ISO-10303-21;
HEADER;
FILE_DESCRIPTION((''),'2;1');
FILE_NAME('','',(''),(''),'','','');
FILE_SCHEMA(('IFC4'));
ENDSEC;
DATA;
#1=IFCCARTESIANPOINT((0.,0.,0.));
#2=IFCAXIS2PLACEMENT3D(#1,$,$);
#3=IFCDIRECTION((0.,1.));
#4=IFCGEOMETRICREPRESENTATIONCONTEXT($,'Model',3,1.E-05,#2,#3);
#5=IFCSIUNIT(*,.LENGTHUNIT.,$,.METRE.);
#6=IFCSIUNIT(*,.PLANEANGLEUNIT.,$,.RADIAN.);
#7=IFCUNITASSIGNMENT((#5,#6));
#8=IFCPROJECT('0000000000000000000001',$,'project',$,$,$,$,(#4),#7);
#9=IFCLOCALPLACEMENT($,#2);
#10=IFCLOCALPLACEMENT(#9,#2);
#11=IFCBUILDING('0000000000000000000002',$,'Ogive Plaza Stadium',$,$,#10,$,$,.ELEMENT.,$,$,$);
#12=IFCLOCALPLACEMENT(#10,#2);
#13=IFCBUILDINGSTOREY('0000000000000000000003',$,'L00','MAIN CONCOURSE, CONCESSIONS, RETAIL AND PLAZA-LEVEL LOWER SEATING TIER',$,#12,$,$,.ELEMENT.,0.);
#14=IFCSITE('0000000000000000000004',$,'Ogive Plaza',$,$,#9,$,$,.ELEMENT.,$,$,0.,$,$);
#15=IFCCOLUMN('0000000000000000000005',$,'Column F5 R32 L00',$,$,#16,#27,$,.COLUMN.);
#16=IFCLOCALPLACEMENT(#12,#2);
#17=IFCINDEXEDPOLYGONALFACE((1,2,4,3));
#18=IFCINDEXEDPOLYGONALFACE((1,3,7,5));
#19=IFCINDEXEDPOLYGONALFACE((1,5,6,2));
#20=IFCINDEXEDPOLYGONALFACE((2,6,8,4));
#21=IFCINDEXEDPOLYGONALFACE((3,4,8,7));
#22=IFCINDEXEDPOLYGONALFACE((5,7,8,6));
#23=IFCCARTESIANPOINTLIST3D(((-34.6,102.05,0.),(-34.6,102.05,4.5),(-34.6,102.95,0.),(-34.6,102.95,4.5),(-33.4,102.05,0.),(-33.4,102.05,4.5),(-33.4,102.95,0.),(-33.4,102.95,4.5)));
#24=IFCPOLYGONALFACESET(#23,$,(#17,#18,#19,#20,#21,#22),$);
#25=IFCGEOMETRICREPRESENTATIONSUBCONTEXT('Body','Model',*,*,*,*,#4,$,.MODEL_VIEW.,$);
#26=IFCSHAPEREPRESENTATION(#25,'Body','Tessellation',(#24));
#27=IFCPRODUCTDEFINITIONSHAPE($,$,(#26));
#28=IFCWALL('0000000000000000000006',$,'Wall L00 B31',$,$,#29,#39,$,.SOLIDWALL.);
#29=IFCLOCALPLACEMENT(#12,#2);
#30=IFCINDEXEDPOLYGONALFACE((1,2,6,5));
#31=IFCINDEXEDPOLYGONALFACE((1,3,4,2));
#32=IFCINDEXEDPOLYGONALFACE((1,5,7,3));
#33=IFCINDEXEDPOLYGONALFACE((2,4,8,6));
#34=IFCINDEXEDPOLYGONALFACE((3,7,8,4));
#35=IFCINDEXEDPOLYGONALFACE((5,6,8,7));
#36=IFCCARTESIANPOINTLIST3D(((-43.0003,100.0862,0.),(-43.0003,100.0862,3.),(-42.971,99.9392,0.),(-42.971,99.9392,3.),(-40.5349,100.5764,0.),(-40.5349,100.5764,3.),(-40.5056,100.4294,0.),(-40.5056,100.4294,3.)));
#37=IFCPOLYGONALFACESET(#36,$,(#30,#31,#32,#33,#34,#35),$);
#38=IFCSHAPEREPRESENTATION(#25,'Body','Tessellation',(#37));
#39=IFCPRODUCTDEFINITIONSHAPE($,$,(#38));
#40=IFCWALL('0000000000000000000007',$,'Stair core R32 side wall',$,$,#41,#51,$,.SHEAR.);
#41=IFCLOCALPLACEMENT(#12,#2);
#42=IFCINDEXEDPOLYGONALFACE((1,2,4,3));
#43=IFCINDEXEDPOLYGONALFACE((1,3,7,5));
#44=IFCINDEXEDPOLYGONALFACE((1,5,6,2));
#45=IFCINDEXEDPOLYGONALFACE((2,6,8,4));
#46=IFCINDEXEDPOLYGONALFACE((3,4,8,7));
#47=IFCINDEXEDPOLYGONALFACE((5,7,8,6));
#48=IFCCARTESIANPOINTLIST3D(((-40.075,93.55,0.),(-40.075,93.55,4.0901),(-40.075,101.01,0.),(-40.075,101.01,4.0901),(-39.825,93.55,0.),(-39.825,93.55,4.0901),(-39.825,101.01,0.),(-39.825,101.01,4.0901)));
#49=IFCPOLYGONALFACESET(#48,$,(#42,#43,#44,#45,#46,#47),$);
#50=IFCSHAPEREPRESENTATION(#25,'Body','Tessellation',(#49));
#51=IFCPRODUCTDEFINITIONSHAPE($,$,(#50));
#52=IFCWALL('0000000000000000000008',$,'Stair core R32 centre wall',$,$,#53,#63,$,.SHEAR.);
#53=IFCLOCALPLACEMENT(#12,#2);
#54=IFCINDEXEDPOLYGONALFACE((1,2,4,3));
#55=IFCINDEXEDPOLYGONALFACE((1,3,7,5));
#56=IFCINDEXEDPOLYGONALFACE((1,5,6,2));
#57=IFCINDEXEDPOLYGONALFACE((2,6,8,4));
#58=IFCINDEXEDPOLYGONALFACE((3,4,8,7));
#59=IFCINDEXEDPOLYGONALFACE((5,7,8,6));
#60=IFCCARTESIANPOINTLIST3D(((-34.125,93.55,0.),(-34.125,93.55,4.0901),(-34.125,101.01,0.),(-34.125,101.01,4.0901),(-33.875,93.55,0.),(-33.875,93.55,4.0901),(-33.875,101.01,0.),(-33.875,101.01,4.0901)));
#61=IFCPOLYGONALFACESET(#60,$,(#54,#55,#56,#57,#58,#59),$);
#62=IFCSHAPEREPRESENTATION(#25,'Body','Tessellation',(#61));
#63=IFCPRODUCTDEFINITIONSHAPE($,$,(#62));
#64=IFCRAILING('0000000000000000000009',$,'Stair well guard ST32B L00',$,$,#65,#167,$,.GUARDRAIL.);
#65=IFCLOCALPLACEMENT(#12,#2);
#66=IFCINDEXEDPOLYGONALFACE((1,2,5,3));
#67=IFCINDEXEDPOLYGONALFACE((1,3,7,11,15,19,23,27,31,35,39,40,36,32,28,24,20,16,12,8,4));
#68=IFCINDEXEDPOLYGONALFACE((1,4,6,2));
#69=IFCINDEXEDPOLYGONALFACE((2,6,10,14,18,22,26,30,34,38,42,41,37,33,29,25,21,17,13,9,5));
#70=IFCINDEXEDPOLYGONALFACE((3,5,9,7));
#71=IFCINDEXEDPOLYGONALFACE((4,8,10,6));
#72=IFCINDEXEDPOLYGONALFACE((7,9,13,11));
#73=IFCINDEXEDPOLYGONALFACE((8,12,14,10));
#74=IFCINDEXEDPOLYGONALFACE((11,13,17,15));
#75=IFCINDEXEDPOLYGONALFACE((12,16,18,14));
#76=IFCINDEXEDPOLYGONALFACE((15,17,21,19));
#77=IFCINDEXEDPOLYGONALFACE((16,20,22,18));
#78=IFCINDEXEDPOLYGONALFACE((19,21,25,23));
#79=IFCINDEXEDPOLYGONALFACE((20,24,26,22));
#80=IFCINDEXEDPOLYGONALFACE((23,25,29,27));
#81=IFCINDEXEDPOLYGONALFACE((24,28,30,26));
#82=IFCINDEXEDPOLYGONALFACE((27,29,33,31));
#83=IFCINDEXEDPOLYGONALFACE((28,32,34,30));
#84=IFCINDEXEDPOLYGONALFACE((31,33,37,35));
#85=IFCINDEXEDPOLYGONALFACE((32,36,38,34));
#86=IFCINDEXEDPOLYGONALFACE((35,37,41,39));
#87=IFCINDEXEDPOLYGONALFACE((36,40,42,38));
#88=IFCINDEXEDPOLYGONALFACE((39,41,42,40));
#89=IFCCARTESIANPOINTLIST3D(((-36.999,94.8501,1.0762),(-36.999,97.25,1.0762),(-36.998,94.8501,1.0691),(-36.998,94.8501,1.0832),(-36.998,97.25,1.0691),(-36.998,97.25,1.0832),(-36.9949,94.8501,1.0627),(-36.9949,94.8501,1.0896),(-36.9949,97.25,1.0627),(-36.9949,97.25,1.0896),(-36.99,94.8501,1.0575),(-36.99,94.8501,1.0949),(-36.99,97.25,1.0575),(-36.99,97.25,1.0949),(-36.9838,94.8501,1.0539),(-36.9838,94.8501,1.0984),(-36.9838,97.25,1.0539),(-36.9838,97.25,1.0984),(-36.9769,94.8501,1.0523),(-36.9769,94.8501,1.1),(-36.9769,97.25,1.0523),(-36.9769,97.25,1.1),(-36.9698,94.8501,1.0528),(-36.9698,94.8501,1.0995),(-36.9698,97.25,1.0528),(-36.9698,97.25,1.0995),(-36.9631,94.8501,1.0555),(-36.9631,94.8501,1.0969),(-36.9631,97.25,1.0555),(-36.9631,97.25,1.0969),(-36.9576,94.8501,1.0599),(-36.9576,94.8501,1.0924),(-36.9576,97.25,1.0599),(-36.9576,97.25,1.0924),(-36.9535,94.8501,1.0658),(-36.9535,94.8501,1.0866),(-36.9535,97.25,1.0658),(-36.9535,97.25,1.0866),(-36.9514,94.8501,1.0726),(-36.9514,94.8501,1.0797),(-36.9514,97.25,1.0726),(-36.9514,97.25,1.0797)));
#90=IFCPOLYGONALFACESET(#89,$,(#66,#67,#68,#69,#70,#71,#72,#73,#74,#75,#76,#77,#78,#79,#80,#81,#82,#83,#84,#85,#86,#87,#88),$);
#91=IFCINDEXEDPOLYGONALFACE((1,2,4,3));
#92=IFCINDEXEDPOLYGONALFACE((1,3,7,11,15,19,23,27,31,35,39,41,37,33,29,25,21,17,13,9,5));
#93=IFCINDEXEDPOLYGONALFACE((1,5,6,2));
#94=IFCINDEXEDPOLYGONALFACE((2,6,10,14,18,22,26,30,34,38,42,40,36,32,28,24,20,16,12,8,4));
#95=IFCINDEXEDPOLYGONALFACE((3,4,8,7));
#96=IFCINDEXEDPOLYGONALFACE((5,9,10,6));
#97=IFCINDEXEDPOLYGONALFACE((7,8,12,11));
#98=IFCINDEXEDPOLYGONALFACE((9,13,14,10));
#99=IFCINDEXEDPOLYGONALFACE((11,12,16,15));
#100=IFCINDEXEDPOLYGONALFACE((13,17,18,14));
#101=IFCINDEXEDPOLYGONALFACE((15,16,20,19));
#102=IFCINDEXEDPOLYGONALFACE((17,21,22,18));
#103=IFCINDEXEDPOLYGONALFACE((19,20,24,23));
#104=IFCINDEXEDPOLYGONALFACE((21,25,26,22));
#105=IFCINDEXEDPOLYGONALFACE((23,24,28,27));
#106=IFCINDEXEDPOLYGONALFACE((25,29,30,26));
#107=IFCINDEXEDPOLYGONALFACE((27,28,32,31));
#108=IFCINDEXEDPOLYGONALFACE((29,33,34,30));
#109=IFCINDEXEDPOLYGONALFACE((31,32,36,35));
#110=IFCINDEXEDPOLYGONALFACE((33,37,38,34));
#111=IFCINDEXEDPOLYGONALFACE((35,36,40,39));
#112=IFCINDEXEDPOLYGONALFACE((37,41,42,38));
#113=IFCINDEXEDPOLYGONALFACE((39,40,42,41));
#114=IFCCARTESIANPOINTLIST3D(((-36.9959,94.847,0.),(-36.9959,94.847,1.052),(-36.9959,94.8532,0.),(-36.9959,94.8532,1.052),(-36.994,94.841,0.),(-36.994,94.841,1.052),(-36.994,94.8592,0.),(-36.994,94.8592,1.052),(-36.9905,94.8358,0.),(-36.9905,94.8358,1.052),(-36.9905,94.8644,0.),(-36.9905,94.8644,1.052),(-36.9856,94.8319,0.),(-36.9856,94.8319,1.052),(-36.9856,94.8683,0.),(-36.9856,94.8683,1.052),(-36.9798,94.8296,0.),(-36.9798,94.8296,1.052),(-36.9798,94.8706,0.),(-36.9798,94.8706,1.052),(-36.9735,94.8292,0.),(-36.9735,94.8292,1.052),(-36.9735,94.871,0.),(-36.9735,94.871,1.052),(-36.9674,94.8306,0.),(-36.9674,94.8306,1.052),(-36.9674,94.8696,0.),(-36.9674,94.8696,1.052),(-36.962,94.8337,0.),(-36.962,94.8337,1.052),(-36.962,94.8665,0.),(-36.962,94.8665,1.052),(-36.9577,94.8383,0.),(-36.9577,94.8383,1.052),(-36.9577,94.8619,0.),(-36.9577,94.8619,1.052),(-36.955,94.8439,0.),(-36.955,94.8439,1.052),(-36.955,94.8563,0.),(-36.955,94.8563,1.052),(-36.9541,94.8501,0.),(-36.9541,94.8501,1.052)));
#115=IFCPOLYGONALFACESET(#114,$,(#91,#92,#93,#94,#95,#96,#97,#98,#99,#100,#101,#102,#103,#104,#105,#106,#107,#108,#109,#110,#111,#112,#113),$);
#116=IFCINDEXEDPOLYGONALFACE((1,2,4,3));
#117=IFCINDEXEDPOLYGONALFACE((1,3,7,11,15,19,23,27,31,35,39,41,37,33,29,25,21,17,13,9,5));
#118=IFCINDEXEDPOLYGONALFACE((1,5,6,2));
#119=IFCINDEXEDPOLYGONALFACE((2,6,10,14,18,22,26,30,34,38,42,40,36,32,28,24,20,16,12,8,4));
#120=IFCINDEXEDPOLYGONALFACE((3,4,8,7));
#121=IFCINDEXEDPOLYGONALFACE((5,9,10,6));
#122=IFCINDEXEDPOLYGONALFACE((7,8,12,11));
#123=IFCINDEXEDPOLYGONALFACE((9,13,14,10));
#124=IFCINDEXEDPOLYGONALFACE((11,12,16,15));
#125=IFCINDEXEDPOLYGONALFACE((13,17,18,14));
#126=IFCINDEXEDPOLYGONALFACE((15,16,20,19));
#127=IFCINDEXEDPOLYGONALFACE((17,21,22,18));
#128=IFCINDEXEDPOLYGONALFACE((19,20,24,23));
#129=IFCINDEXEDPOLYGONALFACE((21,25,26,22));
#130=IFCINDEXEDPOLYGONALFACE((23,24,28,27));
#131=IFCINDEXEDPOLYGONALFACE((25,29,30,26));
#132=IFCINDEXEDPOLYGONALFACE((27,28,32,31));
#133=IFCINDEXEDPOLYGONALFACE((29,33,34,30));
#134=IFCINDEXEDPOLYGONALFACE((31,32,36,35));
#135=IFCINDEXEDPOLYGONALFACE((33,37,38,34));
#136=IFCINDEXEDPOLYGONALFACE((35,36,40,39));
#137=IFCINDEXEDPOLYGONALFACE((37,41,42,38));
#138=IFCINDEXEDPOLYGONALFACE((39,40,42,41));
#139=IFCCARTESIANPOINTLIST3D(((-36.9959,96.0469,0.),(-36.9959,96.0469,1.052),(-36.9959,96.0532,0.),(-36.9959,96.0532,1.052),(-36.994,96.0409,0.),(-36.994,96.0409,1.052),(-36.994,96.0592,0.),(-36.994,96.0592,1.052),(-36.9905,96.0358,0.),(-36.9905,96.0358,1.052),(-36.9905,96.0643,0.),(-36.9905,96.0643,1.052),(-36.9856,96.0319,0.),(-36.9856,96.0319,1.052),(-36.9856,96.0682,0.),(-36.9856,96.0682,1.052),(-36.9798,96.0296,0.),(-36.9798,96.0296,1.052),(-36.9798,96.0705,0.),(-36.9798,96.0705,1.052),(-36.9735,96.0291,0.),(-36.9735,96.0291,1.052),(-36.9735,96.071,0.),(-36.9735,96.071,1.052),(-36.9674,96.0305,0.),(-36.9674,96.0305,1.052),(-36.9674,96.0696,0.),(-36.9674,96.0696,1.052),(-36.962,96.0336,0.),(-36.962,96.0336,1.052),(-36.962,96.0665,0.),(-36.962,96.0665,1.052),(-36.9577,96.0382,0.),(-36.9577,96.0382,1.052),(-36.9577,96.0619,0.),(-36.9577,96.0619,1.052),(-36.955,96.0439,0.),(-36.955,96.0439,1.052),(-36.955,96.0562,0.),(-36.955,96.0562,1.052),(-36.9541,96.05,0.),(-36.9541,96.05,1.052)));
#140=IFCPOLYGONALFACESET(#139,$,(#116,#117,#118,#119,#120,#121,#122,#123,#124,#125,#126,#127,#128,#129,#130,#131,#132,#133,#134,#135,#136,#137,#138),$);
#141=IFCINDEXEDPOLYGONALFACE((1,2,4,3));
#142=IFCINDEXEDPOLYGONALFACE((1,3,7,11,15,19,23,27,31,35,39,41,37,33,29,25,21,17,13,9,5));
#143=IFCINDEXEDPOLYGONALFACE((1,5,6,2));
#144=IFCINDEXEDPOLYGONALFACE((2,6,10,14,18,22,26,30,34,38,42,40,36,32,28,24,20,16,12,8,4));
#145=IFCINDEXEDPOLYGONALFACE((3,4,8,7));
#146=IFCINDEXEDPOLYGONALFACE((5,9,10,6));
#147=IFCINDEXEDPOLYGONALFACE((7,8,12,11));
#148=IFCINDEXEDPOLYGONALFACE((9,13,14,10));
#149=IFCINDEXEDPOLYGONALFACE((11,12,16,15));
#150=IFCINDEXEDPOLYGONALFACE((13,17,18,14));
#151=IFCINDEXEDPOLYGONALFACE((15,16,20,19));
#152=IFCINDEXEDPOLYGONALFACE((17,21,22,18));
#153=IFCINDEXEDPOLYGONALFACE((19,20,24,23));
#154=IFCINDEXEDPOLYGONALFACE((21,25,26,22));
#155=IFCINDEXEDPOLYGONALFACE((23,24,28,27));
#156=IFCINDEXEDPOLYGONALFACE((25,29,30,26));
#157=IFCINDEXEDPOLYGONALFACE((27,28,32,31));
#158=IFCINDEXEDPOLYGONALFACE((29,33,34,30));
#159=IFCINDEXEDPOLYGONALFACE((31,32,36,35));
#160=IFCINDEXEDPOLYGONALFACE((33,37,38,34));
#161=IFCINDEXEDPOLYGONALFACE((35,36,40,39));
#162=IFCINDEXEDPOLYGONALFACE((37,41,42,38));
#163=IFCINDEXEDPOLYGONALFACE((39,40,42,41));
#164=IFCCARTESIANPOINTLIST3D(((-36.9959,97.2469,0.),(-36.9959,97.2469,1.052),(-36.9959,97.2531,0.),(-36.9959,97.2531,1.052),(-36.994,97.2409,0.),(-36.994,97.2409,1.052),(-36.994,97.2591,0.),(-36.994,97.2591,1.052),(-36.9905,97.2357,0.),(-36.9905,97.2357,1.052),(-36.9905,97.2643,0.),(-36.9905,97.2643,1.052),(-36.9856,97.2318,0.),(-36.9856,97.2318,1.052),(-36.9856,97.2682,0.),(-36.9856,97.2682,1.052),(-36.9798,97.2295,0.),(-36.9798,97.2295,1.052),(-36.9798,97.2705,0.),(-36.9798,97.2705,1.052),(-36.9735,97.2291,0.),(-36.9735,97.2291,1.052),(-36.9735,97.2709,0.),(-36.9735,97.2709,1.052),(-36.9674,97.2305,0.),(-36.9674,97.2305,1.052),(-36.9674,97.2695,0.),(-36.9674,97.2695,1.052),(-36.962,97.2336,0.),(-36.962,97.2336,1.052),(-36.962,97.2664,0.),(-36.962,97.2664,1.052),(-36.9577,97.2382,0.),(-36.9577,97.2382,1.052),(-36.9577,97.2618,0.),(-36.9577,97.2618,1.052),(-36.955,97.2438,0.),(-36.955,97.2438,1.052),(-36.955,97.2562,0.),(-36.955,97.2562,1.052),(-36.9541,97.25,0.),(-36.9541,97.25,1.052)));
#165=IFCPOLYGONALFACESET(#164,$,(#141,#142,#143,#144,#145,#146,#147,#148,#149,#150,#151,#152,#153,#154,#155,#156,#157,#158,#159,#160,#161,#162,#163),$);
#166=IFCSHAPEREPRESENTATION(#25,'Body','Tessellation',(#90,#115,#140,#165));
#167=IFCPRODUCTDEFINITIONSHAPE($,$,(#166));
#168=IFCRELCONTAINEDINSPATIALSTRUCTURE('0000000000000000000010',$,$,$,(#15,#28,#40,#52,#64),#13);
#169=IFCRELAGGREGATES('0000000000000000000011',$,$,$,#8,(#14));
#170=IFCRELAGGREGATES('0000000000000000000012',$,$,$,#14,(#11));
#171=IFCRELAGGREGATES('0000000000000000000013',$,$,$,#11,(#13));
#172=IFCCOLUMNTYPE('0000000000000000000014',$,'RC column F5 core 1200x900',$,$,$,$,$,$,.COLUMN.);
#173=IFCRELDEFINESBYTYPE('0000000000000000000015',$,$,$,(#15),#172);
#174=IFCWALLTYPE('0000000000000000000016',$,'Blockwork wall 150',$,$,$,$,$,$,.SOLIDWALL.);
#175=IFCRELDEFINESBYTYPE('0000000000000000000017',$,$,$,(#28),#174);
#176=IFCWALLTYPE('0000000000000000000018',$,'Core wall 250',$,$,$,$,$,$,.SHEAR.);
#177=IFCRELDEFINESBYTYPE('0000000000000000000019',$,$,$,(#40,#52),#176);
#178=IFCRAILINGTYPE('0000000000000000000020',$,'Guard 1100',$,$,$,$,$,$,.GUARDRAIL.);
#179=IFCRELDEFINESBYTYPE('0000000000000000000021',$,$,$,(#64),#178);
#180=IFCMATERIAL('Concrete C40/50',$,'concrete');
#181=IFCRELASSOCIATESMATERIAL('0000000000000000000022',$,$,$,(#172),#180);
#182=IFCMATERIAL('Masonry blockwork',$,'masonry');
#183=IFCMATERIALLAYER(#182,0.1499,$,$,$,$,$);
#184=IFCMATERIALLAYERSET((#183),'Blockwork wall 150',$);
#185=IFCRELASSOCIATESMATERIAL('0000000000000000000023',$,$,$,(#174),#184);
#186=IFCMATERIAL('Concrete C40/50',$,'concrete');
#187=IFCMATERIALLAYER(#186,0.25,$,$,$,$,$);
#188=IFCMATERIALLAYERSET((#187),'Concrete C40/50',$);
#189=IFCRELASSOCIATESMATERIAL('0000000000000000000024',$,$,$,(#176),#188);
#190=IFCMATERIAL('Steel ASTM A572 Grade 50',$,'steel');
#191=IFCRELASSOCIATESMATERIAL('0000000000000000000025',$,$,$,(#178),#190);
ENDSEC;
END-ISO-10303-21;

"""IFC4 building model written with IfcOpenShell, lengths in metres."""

from ifc_helpers import new_model, si_unit, direction, frame, frame_2d, origin, origin_2d, place, context, subcontext, project, spatial, rectangle, circle, extrude, material, layer, layer_set, material_profile, profile_set, type_object, element, save


model = new_model("IFC4")

# Units and contexts
model_context = context("Model", 3, precision=1e-05, world=origin(), true_north=direction((0.0, 1.0)))
body_context = subcontext(model_context, "Body", "Model", "MODEL_VIEW")
ifc_project = project(units=[si_unit("LENGTHUNIT", "METRE"), si_unit("PLANEANGLEUNIT", "RADIAN")], contexts=[model_context])

# Site, building, storey
site_placement = place(None, origin())
site = spatial("IfcSite", under=ifc_project, at=site_placement, Name="Ogive Plaza", CompositionType="ELEMENT", RefElevation=0.0)
building_placement = place(site_placement, origin())
building = spatial("IfcBuilding", under=site, at=building_placement, Name="Ogive Plaza Stadium", CompositionType="ELEMENT")
storey_placement = place(building_placement, origin())
storey = spatial("IfcBuildingStorey", under=building, at=storey_placement, Name="L00", Description="MAIN CONCOURSE, CONCESSIONS, RETAIL AND PLAZA-LEVEL LOWER SEATING TIER", CompositionType="ELEMENT", Elevation=0.0)

# Column
ifc_material_1 = material(Name="Concrete C40/50", Category="concrete")
ifc_material_profile_1 = material_profile(ifc_material_1, rectangle(XDim=1.2, YDim=0.8999, at=origin_2d()), Name="RC 1200x900")
ifc_profile_set_1 = profile_set([ifc_material_profile_1], Name="Concrete C40/50")
column_type = type_object("IfcColumnType", Name="RC column F5 core 1200x900", PredefinedType="COLUMN", material=ifc_profile_set_1)
column_placement = place(storey_placement, frame((-34.0, 102.5, 0.0), z_axis=(0.0, 0.0, 1.0), x_axis=(-1.0, 0.0, 0.0)))
element("IfcColumn", 1, at=column_placement, inside=storey, type_object=column_type, Name="Column F5 R32 L00", PredefinedType="COLUMN", context=body_context, shape_type="SweptSolid", body=[
    extrude(rectangle(XDim=1.2, YDim=0.8999, at=origin_2d()), origin(), (0.0, 0.0, 1.0), 4.5),
])

# Walls
ifc_material_2 = material(Name="Masonry blockwork", Category="masonry")
ifc_layer_1 = layer(ifc_material_2, 0.1499)
ifc_layer_set_1 = layer_set([ifc_layer_1], Name="Blockwork wall 150")
wall_type_1 = type_object("IfcWallType", Name="Blockwork wall 150", PredefinedType="SOLIDWALL", material=ifc_layer_set_1)
wall_placement = place(storey_placement, frame((-40.5203, 100.5029, 0.0), z_axis=(0.0, 0.0, 1.0), x_axis=(-0.980797, -0.195033, 0.0)))
element("IfcWall", 2, at=wall_placement, inside=storey, type_object=wall_type_1, Name="Wall L00 B31", PredefinedType="SOLIDWALL", context=body_context, shape_type="SweptSolid", body=[
    extrude(rectangle(XDim=2.5137, YDim=0.1499, at=frame_2d((1.2568, 0.0))), origin(), (0.0, 0.0, 1.0), 3.0),
])
ifc_material_3 = material(Name="Concrete C40/50", Category="concrete")
ifc_layer_2 = layer(ifc_material_3, 0.25)
ifc_layer_set_2 = layer_set([ifc_layer_2], Name="Concrete C40/50")
wall_type_2 = type_object("IfcWallType", Name="Core wall 250", PredefinedType="SHEAR", material=ifc_layer_set_2)
for number, where, z_axis, x_axis, name in (
    (3, (-39.95, 93.55, 0.0), (0.0, 0.0, 1.0), (0.0, 1.0, 0.0), "Stair core R32 side wall"),
    (4, (-34.0, 93.55, 0.0), (0.0, 0.0, 1.0), (0.0, 1.0, 0.0), "Stair core R32 centre wall"),
):
    element("IfcWall", number, at=place(storey_placement, frame(where, z_axis=z_axis, x_axis=x_axis)), inside=storey, type_object=wall_type_2, Name=name, PredefinedType="SHEAR", context=body_context, shape_type="SweptSolid", body=[
        extrude(rectangle(XDim=7.46, YDim=0.25, at=frame_2d((3.73, 0.0))), origin(), (0.0, 0.0, 1.0), 4.0901),
    ])

# Railing
ifc_material_4 = material(Name="Steel ASTM A572 Grade 50", Category="steel")
railing_type_1 = type_object("IfcRailingType", Name="Guard 1100", PredefinedType="GUARDRAIL", material=ifc_material_4)
for number, where, name in (
    (5, (-36.9751, 94.8501, 0.0), "Stair well guard ST32B L00"),
):
    element("IfcRailing", number, at=place(storey_placement, frame(where)), inside=storey, type_object=railing_type_1, Name=name, PredefinedType="GUARDRAIL", context=body_context, shape_type="SweptSolid", body=[
        extrude(circle(Radius=0.0239, at=origin_2d()), frame((0.0, 0.0, 1.0762), z_axis=(0.0, 1.0, 0.0), x_axis=(-1.0, 0.0, 0.0)), (0.0, 0.0, 1.0), 2.3999),
        extrude(circle(Radius=0.021, at=origin_2d()), origin(), (0.0, 0.0, 1.0), 1.052),
        extrude(circle(Radius=0.021, at=origin_2d()), frame((0.0, 1.2, 0.0)), (0.0, 0.0, 1.0), 1.052),
        extrude(circle(Radius=0.021, at=origin_2d()), frame((0.0, 2.3999, 0.0)), (0.0, 0.0, 1.0), 1.052),
    ])

save(model, "model.ifc")
